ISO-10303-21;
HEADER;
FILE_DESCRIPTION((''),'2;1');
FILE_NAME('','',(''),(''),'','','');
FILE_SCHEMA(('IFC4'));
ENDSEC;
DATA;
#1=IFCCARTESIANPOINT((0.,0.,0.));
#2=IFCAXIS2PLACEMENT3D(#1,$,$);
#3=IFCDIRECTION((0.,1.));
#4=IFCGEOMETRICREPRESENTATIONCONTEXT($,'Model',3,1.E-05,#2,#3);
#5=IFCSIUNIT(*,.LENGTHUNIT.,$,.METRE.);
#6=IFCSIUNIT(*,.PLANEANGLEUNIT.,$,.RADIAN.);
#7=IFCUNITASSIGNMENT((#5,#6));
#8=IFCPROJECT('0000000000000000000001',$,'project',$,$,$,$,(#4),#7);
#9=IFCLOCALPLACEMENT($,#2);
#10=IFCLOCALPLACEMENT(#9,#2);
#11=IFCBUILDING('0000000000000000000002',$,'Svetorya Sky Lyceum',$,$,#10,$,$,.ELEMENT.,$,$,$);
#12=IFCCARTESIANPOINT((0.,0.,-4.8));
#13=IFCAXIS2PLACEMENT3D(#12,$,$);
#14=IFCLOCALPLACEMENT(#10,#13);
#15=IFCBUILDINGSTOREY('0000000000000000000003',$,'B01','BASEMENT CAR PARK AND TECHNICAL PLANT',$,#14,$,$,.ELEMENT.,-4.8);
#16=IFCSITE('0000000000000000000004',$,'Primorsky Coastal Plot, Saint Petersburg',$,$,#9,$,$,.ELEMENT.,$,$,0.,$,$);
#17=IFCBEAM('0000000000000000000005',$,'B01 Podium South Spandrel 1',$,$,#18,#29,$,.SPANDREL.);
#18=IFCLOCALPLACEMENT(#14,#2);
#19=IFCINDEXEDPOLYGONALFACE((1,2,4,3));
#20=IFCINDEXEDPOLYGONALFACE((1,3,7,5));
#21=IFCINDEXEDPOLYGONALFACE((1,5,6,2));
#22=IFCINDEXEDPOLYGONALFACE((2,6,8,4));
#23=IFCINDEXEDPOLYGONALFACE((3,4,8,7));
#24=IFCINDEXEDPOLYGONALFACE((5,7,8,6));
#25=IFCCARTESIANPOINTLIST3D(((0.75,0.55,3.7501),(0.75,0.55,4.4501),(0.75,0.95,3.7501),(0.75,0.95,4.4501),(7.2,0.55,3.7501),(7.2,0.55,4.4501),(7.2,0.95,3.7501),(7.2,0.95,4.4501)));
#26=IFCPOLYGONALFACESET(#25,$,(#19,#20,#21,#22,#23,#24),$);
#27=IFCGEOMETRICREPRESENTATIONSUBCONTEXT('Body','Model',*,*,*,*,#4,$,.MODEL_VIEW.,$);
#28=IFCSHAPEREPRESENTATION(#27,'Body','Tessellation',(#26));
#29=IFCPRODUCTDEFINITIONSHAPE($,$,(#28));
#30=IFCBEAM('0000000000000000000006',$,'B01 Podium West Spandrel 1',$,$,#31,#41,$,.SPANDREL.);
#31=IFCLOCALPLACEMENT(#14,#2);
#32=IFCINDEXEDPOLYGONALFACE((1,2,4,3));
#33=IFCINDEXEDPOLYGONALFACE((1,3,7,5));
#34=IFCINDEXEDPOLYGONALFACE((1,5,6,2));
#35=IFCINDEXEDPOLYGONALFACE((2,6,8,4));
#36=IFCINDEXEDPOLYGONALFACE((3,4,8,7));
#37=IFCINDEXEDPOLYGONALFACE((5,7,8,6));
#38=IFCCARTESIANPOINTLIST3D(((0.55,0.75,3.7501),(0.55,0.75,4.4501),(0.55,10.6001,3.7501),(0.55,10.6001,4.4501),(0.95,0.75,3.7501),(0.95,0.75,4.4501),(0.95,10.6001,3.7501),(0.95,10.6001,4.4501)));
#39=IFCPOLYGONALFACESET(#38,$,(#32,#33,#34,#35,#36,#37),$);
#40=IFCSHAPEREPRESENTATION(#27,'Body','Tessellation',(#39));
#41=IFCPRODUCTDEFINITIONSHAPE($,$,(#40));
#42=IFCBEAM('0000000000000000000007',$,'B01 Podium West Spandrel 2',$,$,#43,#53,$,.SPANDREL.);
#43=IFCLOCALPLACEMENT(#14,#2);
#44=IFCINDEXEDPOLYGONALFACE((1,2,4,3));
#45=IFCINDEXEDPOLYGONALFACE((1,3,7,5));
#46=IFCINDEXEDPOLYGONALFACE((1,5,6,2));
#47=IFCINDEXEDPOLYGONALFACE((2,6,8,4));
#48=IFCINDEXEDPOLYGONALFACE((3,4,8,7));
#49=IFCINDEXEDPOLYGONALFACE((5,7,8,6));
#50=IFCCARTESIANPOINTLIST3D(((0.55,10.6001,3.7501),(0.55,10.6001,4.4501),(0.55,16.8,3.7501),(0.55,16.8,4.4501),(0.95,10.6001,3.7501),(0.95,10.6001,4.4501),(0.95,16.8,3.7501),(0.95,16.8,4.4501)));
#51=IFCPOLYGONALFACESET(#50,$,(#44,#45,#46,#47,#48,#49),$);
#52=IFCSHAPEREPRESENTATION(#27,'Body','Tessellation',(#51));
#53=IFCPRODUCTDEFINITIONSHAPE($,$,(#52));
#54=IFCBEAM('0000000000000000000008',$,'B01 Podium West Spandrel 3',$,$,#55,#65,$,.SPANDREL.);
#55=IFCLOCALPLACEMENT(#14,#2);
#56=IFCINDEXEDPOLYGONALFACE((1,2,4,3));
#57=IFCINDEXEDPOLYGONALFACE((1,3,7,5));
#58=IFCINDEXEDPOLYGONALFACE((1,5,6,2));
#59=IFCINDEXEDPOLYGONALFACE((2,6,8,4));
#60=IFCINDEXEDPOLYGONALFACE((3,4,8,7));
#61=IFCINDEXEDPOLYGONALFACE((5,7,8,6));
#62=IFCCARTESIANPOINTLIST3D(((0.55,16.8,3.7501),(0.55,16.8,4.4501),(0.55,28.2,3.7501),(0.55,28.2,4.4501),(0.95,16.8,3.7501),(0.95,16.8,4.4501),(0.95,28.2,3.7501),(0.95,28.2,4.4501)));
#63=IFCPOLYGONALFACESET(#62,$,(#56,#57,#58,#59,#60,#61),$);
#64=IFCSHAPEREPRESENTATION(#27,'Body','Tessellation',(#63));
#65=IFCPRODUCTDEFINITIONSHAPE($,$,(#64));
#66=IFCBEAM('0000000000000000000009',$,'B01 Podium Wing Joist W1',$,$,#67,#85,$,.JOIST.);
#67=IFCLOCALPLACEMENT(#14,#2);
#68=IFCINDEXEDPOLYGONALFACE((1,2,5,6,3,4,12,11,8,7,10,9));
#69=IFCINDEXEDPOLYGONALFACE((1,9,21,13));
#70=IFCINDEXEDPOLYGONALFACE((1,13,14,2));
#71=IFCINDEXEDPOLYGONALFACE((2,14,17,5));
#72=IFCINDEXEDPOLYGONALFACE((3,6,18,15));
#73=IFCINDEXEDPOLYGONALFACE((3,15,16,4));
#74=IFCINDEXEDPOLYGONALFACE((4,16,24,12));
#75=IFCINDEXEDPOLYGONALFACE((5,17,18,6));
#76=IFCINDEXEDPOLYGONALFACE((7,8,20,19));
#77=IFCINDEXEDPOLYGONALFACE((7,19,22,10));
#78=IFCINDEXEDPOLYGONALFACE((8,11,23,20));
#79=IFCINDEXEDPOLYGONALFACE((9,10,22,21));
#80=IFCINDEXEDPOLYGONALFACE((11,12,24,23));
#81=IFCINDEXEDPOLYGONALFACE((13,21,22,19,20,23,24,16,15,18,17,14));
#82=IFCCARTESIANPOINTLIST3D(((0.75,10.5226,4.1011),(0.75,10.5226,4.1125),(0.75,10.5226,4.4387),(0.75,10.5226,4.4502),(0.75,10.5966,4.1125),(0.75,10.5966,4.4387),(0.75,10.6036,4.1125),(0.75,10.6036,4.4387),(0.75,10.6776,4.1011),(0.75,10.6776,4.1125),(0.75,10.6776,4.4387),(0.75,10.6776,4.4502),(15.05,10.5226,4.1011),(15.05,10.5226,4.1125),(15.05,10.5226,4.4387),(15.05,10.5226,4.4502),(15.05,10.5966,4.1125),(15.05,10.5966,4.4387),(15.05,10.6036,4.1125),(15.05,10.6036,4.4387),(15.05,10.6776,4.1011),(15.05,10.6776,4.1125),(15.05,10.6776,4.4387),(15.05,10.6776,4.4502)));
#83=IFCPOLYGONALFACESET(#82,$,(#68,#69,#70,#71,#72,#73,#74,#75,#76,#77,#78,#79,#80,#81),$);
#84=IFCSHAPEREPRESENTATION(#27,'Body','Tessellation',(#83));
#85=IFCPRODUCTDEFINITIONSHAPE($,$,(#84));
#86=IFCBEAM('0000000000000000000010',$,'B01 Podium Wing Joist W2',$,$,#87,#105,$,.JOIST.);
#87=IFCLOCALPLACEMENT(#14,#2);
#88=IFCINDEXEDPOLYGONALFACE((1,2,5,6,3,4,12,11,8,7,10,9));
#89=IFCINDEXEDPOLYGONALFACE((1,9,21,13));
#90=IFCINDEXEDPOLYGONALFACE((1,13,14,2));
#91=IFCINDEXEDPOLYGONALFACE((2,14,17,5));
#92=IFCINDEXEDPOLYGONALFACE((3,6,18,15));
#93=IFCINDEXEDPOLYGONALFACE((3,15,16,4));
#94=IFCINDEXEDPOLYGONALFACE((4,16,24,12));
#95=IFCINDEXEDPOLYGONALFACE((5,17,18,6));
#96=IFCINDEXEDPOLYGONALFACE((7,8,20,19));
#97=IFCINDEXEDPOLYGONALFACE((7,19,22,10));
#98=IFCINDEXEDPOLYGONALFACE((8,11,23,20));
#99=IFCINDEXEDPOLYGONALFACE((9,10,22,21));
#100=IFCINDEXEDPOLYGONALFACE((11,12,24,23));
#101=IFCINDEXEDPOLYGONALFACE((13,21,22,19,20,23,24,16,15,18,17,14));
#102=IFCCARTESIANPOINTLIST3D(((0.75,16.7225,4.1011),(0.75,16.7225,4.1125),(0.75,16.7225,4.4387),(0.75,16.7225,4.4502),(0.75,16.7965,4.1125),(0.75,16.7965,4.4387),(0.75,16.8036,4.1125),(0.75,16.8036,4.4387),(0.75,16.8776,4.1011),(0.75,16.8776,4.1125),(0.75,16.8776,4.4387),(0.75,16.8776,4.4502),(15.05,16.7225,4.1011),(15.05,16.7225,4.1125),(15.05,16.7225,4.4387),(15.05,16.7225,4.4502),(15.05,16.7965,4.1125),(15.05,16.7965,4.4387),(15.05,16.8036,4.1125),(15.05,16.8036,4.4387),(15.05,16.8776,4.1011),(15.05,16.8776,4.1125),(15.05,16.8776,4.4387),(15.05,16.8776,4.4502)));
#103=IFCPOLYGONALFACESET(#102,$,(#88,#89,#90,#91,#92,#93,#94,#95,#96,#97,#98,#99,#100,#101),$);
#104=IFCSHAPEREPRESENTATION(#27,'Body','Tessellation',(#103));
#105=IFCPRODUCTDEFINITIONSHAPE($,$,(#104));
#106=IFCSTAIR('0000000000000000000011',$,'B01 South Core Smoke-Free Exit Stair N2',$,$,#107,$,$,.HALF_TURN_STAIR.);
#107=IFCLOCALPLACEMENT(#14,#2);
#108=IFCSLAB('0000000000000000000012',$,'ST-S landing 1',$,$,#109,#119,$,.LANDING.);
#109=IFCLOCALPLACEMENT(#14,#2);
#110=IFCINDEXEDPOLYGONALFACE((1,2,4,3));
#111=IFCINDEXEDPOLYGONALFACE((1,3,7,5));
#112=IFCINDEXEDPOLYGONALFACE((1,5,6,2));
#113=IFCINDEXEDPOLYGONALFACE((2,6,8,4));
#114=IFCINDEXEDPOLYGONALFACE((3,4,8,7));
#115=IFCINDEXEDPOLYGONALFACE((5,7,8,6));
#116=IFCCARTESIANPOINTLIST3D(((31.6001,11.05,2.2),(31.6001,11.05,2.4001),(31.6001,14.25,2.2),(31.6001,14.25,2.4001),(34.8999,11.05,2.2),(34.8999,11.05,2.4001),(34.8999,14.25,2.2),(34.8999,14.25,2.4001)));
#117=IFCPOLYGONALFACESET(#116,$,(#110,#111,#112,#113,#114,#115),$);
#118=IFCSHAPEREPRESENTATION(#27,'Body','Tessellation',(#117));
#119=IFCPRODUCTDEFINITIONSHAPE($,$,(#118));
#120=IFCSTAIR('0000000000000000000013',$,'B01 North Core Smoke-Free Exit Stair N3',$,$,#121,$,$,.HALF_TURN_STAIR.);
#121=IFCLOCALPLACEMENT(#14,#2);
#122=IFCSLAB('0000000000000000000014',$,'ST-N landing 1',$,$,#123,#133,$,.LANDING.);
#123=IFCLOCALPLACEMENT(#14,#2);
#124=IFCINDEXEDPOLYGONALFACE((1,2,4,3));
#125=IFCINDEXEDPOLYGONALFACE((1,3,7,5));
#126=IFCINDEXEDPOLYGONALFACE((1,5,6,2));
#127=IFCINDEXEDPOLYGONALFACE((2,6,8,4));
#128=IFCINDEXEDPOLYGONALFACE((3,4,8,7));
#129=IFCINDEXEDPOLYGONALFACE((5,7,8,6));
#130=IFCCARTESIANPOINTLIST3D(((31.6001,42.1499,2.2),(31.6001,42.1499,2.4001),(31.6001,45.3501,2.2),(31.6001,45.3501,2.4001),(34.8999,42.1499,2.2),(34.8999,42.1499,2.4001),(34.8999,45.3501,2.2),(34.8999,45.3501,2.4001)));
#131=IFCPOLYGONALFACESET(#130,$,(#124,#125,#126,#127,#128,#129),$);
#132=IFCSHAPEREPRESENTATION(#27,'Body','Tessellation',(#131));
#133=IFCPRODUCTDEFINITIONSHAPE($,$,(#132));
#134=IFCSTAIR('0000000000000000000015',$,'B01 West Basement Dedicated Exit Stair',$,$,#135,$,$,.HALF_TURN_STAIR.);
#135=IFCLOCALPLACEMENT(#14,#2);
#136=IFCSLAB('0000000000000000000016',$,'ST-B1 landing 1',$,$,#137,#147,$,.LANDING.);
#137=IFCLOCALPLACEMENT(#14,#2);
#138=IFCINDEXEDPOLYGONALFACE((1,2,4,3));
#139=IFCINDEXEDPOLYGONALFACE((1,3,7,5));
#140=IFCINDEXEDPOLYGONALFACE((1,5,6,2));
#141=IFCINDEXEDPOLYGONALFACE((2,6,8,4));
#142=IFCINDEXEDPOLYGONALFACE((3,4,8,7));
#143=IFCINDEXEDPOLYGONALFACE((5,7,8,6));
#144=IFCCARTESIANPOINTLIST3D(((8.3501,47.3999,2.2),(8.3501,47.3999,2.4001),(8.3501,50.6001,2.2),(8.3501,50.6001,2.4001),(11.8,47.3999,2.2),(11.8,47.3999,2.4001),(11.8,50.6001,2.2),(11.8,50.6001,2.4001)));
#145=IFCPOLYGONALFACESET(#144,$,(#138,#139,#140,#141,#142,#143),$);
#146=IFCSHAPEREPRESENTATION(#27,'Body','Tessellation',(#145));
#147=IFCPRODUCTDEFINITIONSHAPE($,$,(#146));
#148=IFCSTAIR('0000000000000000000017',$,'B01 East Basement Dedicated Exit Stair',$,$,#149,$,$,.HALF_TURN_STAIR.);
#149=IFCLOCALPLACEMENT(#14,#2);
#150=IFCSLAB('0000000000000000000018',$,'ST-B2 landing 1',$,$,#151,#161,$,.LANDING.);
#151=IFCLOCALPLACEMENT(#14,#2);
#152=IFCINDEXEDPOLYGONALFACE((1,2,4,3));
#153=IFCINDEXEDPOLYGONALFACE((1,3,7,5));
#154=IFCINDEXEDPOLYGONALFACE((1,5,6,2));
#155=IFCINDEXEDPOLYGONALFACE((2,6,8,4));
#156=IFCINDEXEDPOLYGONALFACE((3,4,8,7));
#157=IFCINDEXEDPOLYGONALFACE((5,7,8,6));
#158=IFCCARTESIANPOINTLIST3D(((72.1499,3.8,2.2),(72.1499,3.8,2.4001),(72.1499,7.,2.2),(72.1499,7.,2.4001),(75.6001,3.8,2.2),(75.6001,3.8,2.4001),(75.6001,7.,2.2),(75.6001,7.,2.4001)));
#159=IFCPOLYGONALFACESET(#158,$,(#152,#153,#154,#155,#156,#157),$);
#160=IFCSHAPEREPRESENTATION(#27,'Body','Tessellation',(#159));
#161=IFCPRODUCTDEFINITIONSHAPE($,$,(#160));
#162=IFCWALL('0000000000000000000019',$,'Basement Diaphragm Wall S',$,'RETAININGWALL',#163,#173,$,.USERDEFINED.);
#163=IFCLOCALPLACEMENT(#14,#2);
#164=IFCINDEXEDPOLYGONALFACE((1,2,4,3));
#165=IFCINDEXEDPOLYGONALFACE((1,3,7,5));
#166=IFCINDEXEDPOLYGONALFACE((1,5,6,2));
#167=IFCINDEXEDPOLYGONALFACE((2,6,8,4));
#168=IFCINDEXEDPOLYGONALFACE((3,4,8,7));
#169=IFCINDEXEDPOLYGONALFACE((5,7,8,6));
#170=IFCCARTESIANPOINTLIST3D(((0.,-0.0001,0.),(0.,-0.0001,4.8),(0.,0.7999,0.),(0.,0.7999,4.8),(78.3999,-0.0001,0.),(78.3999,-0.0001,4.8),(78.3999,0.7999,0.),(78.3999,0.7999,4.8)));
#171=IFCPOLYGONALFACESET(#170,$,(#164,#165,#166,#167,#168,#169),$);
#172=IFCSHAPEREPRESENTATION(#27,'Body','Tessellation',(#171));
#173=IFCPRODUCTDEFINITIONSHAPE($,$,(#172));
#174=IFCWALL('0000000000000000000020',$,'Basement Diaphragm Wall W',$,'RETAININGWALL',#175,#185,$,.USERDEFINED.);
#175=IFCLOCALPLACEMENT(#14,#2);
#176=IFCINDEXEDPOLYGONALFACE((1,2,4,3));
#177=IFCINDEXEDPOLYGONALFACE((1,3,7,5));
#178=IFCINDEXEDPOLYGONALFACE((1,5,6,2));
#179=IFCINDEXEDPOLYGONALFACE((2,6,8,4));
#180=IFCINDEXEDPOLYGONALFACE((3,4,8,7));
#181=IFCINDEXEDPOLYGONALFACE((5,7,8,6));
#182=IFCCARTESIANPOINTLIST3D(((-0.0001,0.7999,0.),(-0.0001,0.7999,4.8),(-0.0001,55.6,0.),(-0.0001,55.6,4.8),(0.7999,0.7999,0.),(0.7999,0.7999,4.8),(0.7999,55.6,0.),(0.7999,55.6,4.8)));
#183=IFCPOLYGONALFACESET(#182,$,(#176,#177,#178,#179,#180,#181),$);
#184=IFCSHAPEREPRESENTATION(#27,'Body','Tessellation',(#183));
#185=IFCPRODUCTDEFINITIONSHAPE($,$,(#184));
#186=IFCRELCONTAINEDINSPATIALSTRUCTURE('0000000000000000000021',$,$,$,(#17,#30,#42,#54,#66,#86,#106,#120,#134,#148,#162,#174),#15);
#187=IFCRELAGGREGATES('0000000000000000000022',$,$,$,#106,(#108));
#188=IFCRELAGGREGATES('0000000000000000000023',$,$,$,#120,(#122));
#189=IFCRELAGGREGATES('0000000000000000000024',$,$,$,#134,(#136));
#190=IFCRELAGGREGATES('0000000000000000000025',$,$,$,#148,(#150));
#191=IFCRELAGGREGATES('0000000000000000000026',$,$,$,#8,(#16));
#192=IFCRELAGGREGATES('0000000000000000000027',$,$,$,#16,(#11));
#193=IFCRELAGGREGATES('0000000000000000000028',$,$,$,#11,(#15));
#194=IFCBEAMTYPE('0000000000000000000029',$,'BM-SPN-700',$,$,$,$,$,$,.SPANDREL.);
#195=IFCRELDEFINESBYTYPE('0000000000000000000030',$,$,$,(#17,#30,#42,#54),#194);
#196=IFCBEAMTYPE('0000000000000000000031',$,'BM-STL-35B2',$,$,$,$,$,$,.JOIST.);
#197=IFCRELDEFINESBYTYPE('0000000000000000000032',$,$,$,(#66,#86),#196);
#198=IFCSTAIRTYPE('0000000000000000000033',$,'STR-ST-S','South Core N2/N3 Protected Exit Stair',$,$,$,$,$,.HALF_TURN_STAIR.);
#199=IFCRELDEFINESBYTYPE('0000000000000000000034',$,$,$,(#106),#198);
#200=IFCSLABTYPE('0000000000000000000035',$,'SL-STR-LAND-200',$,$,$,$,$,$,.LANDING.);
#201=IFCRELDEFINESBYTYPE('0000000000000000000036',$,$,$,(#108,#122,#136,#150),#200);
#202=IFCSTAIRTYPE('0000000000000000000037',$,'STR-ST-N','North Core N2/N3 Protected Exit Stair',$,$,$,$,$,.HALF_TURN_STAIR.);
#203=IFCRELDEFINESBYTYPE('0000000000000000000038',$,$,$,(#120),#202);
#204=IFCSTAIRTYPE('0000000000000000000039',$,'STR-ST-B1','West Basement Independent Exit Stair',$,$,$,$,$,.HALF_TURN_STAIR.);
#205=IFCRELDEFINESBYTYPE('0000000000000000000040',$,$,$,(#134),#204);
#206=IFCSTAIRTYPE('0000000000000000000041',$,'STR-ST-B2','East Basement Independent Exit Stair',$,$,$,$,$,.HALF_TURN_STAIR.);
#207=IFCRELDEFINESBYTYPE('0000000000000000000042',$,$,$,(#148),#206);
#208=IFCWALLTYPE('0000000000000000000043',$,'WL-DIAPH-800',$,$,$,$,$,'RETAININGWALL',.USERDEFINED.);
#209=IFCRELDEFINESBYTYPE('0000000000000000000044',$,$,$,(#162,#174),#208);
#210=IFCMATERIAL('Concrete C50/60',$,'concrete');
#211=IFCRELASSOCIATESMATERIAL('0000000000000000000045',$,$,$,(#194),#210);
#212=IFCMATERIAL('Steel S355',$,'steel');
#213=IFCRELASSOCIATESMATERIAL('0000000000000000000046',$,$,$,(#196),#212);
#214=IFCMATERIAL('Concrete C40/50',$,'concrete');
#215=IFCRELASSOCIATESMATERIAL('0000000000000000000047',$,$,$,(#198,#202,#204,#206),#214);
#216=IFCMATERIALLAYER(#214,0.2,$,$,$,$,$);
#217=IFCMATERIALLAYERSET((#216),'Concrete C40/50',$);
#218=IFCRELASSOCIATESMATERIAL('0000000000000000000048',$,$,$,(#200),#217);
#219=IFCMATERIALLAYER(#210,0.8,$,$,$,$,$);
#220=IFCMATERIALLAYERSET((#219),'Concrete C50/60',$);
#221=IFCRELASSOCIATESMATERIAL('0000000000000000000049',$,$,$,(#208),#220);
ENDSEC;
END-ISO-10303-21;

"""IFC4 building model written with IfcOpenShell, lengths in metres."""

from ifc_helpers import new_model, si_unit, direction, frame, frame_2d, origin, origin_2d, place, context, subcontext, project, spatial, polyline, rectangle, i_section, outline, extrude, material, layer, layer_set, material_profile, profile_set, type_object, element, aggregate, save


model = new_model("IFC4")

# Units and contexts
model_context = context("Model", 3, precision=1e-05, world=origin(), true_north=direction((0.0, 1.0)))
body_context = subcontext(model_context, "Body", "Model", "MODEL_VIEW")
ifc_project = project(units=[si_unit("LENGTHUNIT", "METRE"), si_unit("PLANEANGLEUNIT", "RADIAN")], contexts=[model_context])

# Site, building, storey
site_placement = place(None, origin())
site = spatial("IfcSite", under=ifc_project, at=site_placement, Name="Primorsky Coastal Plot, Saint Petersburg", CompositionType="ELEMENT", RefElevation=0.0)
building_placement = place(site_placement, origin())
building = spatial("IfcBuilding", under=site, at=building_placement, Name="Svetorya Sky Lyceum", CompositionType="ELEMENT")
storey_placement = place(building_placement, frame((0.0, 0.0, -4.8)))
storey = spatial("IfcBuildingStorey", under=building, at=storey_placement, Name="B01", Description="BASEMENT CAR PARK AND TECHNICAL PLANT", CompositionType="ELEMENT", Elevation=-4.8)

# Shared definitions
ifc_material_1 = material(Name="Concrete C40/50", Category="concrete")

# Beams
ifc_material_2 = material(Name="Concrete C50/60", Category="concrete")
ifc_material_profile_1 = material_profile(ifc_material_2, rectangle(XDim=0.3999, YDim=0.7, at=origin_2d()), Name="RC SPANDREL 400x700")
ifc_profile_set_1 = profile_set([ifc_material_profile_1], Name="Concrete C50/60")
beam_type_1 = type_object("IfcBeamType", Name="BM-SPN-700", PredefinedType="SPANDREL", material=ifc_profile_set_1)
beam_1_placement = place(storey_placement, frame((0.75, 0.75, 4.1001), z_axis=(1.0, 0.0, 0.0), x_axis=(0.0, 1.0, 0.0)))
element("IfcBeam", 1, at=beam_1_placement, inside=storey, type_object=beam_type_1, Name="B01 Podium South Spandrel 1", PredefinedType="SPANDREL", context=body_context, shape_type="SweptSolid", body=[
    extrude(rectangle(XDim=0.3999, YDim=0.7, at=origin_2d()), origin(), (0.0, 0.0, 1.0), 6.45),
])
beam_2_placement = place(storey_placement, frame((0.75, 0.75, 4.1001), z_axis=(0.0, 1.0, 0.0), x_axis=(-1.0, 0.0, 0.0)))
element("IfcBeam", 2, at=beam_2_placement, inside=storey, type_object=beam_type_1, Name="B01 Podium West Spandrel 1", PredefinedType="SPANDREL", context=body_context, shape_type="SweptSolid", body=[
    extrude(rectangle(XDim=0.3999, YDim=0.7, at=origin_2d()), origin(), (0.0, 0.0, 1.0), 9.8501),
])
beam_3_placement = place(storey_placement, frame((0.75, 10.6001, 4.1001), z_axis=(0.0, 1.0, 0.0), x_axis=(-1.0, 0.0, 0.0)))
element("IfcBeam", 3, at=beam_3_placement, inside=storey, type_object=beam_type_1, Name="B01 Podium West Spandrel 2", PredefinedType="SPANDREL", context=body_context, shape_type="SweptSolid", body=[
    extrude(rectangle(XDim=0.3999, YDim=0.7, at=origin_2d()), origin(), (0.0, 0.0, 1.0), 6.2),
])
beam_4_placement = place(storey_placement, frame((0.75, 16.8, 4.1001), z_axis=(0.0, 1.0, 0.0), x_axis=(-1.0, 0.0, 0.0)))
element("IfcBeam", 4, at=beam_4_placement, inside=storey, type_object=beam_type_1, Name="B01 Podium West Spandrel 3", PredefinedType="SPANDREL", context=body_context, shape_type="SweptSolid", body=[
    extrude(rectangle(XDim=0.3999, YDim=0.7, at=origin_2d()), origin(), (0.0, 0.0, 1.0), 11.3999),
])
ifc_material_3 = material(Name="Steel S355", Category="steel")
ifc_material_profile_2 = material_profile(ifc_material_3, i_section(OverallWidth=0.155, OverallDepth=0.3491, WebThickness=0.0071, FlangeThickness=0.0115, at=origin_2d()), Name="GOST 35B2")
ifc_profile_set_2 = profile_set([ifc_material_profile_2], Name="Steel S355")
beam_type_2 = type_object("IfcBeamType", Name="BM-STL-35B2", PredefinedType="JOIST", material=ifc_profile_set_2)
for number, where, z_axis, x_axis, name in (
    (5, (0.75, 10.6001, 4.2756), (1.0, 0.0, 0.0), (0.0, 1.0, 0.0), "B01 Podium Wing Joist W1"),
    (6, (0.75, 16.8, 4.2756), (1.0, 0.0, 0.0), (0.0, 1.0, 0.0), "B01 Podium Wing Joist W2"),
):
    element("IfcBeam", number, at=place(storey_placement, frame(where, z_axis=z_axis, x_axis=x_axis)), inside=storey, type_object=beam_type_2, Name=name, PredefinedType="JOIST", context=body_context, shape_type="SweptSolid", body=[
        extrude(i_section(OverallWidth=0.155, OverallDepth=0.3491, WebThickness=0.0071, FlangeThickness=0.0115, at=origin_2d()), origin(), (0.0, 0.0, 1.0), 14.3),
    ])

# Stairs, slabs
stair_type_1 = type_object("IfcStairType", Name="STR-ST-S", Description="South Core N2/N3 Protected Exit Stair", PredefinedType="HALF_TURN_STAIR", material=ifc_material_1)
stair_1_placement = place(storey_placement, origin())
stair_1 = element("IfcStair", 7, at=stair_1_placement, inside=storey, type_object=stair_type_1, Name="B01 South Core Smoke-Free Exit Stair N2", PredefinedType="HALF_TURN_STAIR")
ifc_layer_1 = layer(ifc_material_1, 0.2)
ifc_layer_set_1 = layer_set([ifc_layer_1], Name="Concrete C40/50")
slab_type = type_object("IfcSlabType", Name="SL-STR-LAND-200", PredefinedType="LANDING", material=ifc_layer_set_1)
slab_1_placement = place(storey_placement, frame((0.0, 0.0, 2.2)))
slab_1 = element("IfcSlab", 8, at=slab_1_placement, type_object=slab_type, Name="ST-S landing 1", PredefinedType="LANDING", context=body_context, shape_type="SweptSolid", body=[
    extrude(outline(polyline([(31.6001, 11.05), (34.8999, 11.05), (34.8999, 14.25), (31.6001, 14.25), (31.6001, 11.05)])), origin(), (0.0, 0.0, 1.0), 0.2002),
])
aggregate(stair_1, [slab_1])
stair_type_2 = type_object("IfcStairType", Name="STR-ST-N", Description="North Core N2/N3 Protected Exit Stair", PredefinedType="HALF_TURN_STAIR", material=ifc_material_1)
stair_2_placement = place(storey_placement, origin())
stair_2 = element("IfcStair", 9, at=stair_2_placement, inside=storey, type_object=stair_type_2, Name="B01 North Core Smoke-Free Exit Stair N3", PredefinedType="HALF_TURN_STAIR")
slab_2_placement = place(storey_placement, frame((0.0, 0.0, 2.2)))
slab_2 = element("IfcSlab", 10, at=slab_2_placement, type_object=slab_type, Name="ST-N landing 1", PredefinedType="LANDING", context=body_context, shape_type="SweptSolid", body=[
    extrude(outline(polyline([(31.6001, 42.1499), (34.8999, 42.1499), (34.8999, 45.3501), (31.6001, 45.3501), (31.6001, 42.1499)])), origin(), (0.0, 0.0, 1.0), 0.2002),
])
aggregate(stair_2, [slab_2])
stair_type_3 = type_object("IfcStairType", Name="STR-ST-B1", Description="West Basement Independent Exit Stair", PredefinedType="HALF_TURN_STAIR", material=ifc_material_1)
stair_3_placement = place(storey_placement, origin())
stair_3 = element("IfcStair", 11, at=stair_3_placement, inside=storey, type_object=stair_type_3, Name="B01 West Basement Dedicated Exit Stair", PredefinedType="HALF_TURN_STAIR")
slab_3_placement = place(storey_placement, frame((0.0, 0.0, 2.2)))
slab_3 = element("IfcSlab", 12, at=slab_3_placement, type_object=slab_type, Name="ST-B1 landing 1", PredefinedType="LANDING", context=body_context, shape_type="SweptSolid", body=[
    extrude(outline(polyline([(8.3501, 47.3999), (11.8, 47.3999), (11.8, 50.6001), (8.3501, 50.6001), (8.3501, 47.3999)])), origin(), (0.0, 0.0, 1.0), 0.2002),
])
aggregate(stair_3, [slab_3])
stair_type_4 = type_object("IfcStairType", Name="STR-ST-B2", Description="East Basement Independent Exit Stair", PredefinedType="HALF_TURN_STAIR", material=ifc_material_1)
stair_4_placement = place(storey_placement, origin())
stair_4 = element("IfcStair", 13, at=stair_4_placement, inside=storey, type_object=stair_type_4, Name="B01 East Basement Dedicated Exit Stair", PredefinedType="HALF_TURN_STAIR")
slab_4_placement = place(storey_placement, frame((0.0, 0.0, 2.2)))
slab_4 = element("IfcSlab", 14, at=slab_4_placement, type_object=slab_type, Name="ST-B2 landing 1", PredefinedType="LANDING", context=body_context, shape_type="SweptSolid", body=[
    extrude(outline(polyline([(72.1499, 3.8), (75.6001, 3.8), (75.6001, 7.0), (72.1499, 7.0), (72.1499, 3.8)])), origin(), (0.0, 0.0, 1.0), 0.2002),
])
aggregate(stair_4, [slab_4])

# Walls
ifc_layer_2 = layer(ifc_material_2, 0.8)
ifc_layer_set_2 = layer_set([ifc_layer_2], Name="Concrete C50/60")
wall_type = type_object("IfcWallType", Name="WL-DIAPH-800", ElementType="RETAININGWALL", PredefinedType="USERDEFINED", material=ifc_layer_set_2)
wall_1_placement = place(storey_placement, frame((0.0, 0.3999, 0.0), z_axis=(0.0, 0.0, 1.0), x_axis=(1.0, 0.0, 0.0)))
element("IfcWall", 15, at=wall_1_placement, inside=storey, type_object=wall_type, Name="Basement Diaphragm Wall S", ObjectType="RETAININGWALL", PredefinedType="USERDEFINED", context=body_context, shape_type="SweptSolid", body=[
    extrude(rectangle(XDim=78.3999, YDim=0.8, at=frame_2d((39.2, 0.0))), origin(), (0.0, 0.0, 1.0), 4.8),
])
wall_2_placement = place(storey_placement, frame((0.3999, 0.8, 0.0), z_axis=(0.0, 0.0, 1.0), x_axis=(0.0, 1.0, 0.0)))
element("IfcWall", 16, at=wall_2_placement, inside=storey, type_object=wall_type, Name="Basement Diaphragm Wall W", ObjectType="RETAININGWALL", PredefinedType="USERDEFINED", context=body_context, shape_type="SweptSolid", body=[
    extrude(rectangle(XDim=54.8, YDim=0.8, at=frame_2d((27.3999, 0.0))), origin(), (0.0, 0.0, 1.0), 4.8),
])

save(model, "model.ifc")
